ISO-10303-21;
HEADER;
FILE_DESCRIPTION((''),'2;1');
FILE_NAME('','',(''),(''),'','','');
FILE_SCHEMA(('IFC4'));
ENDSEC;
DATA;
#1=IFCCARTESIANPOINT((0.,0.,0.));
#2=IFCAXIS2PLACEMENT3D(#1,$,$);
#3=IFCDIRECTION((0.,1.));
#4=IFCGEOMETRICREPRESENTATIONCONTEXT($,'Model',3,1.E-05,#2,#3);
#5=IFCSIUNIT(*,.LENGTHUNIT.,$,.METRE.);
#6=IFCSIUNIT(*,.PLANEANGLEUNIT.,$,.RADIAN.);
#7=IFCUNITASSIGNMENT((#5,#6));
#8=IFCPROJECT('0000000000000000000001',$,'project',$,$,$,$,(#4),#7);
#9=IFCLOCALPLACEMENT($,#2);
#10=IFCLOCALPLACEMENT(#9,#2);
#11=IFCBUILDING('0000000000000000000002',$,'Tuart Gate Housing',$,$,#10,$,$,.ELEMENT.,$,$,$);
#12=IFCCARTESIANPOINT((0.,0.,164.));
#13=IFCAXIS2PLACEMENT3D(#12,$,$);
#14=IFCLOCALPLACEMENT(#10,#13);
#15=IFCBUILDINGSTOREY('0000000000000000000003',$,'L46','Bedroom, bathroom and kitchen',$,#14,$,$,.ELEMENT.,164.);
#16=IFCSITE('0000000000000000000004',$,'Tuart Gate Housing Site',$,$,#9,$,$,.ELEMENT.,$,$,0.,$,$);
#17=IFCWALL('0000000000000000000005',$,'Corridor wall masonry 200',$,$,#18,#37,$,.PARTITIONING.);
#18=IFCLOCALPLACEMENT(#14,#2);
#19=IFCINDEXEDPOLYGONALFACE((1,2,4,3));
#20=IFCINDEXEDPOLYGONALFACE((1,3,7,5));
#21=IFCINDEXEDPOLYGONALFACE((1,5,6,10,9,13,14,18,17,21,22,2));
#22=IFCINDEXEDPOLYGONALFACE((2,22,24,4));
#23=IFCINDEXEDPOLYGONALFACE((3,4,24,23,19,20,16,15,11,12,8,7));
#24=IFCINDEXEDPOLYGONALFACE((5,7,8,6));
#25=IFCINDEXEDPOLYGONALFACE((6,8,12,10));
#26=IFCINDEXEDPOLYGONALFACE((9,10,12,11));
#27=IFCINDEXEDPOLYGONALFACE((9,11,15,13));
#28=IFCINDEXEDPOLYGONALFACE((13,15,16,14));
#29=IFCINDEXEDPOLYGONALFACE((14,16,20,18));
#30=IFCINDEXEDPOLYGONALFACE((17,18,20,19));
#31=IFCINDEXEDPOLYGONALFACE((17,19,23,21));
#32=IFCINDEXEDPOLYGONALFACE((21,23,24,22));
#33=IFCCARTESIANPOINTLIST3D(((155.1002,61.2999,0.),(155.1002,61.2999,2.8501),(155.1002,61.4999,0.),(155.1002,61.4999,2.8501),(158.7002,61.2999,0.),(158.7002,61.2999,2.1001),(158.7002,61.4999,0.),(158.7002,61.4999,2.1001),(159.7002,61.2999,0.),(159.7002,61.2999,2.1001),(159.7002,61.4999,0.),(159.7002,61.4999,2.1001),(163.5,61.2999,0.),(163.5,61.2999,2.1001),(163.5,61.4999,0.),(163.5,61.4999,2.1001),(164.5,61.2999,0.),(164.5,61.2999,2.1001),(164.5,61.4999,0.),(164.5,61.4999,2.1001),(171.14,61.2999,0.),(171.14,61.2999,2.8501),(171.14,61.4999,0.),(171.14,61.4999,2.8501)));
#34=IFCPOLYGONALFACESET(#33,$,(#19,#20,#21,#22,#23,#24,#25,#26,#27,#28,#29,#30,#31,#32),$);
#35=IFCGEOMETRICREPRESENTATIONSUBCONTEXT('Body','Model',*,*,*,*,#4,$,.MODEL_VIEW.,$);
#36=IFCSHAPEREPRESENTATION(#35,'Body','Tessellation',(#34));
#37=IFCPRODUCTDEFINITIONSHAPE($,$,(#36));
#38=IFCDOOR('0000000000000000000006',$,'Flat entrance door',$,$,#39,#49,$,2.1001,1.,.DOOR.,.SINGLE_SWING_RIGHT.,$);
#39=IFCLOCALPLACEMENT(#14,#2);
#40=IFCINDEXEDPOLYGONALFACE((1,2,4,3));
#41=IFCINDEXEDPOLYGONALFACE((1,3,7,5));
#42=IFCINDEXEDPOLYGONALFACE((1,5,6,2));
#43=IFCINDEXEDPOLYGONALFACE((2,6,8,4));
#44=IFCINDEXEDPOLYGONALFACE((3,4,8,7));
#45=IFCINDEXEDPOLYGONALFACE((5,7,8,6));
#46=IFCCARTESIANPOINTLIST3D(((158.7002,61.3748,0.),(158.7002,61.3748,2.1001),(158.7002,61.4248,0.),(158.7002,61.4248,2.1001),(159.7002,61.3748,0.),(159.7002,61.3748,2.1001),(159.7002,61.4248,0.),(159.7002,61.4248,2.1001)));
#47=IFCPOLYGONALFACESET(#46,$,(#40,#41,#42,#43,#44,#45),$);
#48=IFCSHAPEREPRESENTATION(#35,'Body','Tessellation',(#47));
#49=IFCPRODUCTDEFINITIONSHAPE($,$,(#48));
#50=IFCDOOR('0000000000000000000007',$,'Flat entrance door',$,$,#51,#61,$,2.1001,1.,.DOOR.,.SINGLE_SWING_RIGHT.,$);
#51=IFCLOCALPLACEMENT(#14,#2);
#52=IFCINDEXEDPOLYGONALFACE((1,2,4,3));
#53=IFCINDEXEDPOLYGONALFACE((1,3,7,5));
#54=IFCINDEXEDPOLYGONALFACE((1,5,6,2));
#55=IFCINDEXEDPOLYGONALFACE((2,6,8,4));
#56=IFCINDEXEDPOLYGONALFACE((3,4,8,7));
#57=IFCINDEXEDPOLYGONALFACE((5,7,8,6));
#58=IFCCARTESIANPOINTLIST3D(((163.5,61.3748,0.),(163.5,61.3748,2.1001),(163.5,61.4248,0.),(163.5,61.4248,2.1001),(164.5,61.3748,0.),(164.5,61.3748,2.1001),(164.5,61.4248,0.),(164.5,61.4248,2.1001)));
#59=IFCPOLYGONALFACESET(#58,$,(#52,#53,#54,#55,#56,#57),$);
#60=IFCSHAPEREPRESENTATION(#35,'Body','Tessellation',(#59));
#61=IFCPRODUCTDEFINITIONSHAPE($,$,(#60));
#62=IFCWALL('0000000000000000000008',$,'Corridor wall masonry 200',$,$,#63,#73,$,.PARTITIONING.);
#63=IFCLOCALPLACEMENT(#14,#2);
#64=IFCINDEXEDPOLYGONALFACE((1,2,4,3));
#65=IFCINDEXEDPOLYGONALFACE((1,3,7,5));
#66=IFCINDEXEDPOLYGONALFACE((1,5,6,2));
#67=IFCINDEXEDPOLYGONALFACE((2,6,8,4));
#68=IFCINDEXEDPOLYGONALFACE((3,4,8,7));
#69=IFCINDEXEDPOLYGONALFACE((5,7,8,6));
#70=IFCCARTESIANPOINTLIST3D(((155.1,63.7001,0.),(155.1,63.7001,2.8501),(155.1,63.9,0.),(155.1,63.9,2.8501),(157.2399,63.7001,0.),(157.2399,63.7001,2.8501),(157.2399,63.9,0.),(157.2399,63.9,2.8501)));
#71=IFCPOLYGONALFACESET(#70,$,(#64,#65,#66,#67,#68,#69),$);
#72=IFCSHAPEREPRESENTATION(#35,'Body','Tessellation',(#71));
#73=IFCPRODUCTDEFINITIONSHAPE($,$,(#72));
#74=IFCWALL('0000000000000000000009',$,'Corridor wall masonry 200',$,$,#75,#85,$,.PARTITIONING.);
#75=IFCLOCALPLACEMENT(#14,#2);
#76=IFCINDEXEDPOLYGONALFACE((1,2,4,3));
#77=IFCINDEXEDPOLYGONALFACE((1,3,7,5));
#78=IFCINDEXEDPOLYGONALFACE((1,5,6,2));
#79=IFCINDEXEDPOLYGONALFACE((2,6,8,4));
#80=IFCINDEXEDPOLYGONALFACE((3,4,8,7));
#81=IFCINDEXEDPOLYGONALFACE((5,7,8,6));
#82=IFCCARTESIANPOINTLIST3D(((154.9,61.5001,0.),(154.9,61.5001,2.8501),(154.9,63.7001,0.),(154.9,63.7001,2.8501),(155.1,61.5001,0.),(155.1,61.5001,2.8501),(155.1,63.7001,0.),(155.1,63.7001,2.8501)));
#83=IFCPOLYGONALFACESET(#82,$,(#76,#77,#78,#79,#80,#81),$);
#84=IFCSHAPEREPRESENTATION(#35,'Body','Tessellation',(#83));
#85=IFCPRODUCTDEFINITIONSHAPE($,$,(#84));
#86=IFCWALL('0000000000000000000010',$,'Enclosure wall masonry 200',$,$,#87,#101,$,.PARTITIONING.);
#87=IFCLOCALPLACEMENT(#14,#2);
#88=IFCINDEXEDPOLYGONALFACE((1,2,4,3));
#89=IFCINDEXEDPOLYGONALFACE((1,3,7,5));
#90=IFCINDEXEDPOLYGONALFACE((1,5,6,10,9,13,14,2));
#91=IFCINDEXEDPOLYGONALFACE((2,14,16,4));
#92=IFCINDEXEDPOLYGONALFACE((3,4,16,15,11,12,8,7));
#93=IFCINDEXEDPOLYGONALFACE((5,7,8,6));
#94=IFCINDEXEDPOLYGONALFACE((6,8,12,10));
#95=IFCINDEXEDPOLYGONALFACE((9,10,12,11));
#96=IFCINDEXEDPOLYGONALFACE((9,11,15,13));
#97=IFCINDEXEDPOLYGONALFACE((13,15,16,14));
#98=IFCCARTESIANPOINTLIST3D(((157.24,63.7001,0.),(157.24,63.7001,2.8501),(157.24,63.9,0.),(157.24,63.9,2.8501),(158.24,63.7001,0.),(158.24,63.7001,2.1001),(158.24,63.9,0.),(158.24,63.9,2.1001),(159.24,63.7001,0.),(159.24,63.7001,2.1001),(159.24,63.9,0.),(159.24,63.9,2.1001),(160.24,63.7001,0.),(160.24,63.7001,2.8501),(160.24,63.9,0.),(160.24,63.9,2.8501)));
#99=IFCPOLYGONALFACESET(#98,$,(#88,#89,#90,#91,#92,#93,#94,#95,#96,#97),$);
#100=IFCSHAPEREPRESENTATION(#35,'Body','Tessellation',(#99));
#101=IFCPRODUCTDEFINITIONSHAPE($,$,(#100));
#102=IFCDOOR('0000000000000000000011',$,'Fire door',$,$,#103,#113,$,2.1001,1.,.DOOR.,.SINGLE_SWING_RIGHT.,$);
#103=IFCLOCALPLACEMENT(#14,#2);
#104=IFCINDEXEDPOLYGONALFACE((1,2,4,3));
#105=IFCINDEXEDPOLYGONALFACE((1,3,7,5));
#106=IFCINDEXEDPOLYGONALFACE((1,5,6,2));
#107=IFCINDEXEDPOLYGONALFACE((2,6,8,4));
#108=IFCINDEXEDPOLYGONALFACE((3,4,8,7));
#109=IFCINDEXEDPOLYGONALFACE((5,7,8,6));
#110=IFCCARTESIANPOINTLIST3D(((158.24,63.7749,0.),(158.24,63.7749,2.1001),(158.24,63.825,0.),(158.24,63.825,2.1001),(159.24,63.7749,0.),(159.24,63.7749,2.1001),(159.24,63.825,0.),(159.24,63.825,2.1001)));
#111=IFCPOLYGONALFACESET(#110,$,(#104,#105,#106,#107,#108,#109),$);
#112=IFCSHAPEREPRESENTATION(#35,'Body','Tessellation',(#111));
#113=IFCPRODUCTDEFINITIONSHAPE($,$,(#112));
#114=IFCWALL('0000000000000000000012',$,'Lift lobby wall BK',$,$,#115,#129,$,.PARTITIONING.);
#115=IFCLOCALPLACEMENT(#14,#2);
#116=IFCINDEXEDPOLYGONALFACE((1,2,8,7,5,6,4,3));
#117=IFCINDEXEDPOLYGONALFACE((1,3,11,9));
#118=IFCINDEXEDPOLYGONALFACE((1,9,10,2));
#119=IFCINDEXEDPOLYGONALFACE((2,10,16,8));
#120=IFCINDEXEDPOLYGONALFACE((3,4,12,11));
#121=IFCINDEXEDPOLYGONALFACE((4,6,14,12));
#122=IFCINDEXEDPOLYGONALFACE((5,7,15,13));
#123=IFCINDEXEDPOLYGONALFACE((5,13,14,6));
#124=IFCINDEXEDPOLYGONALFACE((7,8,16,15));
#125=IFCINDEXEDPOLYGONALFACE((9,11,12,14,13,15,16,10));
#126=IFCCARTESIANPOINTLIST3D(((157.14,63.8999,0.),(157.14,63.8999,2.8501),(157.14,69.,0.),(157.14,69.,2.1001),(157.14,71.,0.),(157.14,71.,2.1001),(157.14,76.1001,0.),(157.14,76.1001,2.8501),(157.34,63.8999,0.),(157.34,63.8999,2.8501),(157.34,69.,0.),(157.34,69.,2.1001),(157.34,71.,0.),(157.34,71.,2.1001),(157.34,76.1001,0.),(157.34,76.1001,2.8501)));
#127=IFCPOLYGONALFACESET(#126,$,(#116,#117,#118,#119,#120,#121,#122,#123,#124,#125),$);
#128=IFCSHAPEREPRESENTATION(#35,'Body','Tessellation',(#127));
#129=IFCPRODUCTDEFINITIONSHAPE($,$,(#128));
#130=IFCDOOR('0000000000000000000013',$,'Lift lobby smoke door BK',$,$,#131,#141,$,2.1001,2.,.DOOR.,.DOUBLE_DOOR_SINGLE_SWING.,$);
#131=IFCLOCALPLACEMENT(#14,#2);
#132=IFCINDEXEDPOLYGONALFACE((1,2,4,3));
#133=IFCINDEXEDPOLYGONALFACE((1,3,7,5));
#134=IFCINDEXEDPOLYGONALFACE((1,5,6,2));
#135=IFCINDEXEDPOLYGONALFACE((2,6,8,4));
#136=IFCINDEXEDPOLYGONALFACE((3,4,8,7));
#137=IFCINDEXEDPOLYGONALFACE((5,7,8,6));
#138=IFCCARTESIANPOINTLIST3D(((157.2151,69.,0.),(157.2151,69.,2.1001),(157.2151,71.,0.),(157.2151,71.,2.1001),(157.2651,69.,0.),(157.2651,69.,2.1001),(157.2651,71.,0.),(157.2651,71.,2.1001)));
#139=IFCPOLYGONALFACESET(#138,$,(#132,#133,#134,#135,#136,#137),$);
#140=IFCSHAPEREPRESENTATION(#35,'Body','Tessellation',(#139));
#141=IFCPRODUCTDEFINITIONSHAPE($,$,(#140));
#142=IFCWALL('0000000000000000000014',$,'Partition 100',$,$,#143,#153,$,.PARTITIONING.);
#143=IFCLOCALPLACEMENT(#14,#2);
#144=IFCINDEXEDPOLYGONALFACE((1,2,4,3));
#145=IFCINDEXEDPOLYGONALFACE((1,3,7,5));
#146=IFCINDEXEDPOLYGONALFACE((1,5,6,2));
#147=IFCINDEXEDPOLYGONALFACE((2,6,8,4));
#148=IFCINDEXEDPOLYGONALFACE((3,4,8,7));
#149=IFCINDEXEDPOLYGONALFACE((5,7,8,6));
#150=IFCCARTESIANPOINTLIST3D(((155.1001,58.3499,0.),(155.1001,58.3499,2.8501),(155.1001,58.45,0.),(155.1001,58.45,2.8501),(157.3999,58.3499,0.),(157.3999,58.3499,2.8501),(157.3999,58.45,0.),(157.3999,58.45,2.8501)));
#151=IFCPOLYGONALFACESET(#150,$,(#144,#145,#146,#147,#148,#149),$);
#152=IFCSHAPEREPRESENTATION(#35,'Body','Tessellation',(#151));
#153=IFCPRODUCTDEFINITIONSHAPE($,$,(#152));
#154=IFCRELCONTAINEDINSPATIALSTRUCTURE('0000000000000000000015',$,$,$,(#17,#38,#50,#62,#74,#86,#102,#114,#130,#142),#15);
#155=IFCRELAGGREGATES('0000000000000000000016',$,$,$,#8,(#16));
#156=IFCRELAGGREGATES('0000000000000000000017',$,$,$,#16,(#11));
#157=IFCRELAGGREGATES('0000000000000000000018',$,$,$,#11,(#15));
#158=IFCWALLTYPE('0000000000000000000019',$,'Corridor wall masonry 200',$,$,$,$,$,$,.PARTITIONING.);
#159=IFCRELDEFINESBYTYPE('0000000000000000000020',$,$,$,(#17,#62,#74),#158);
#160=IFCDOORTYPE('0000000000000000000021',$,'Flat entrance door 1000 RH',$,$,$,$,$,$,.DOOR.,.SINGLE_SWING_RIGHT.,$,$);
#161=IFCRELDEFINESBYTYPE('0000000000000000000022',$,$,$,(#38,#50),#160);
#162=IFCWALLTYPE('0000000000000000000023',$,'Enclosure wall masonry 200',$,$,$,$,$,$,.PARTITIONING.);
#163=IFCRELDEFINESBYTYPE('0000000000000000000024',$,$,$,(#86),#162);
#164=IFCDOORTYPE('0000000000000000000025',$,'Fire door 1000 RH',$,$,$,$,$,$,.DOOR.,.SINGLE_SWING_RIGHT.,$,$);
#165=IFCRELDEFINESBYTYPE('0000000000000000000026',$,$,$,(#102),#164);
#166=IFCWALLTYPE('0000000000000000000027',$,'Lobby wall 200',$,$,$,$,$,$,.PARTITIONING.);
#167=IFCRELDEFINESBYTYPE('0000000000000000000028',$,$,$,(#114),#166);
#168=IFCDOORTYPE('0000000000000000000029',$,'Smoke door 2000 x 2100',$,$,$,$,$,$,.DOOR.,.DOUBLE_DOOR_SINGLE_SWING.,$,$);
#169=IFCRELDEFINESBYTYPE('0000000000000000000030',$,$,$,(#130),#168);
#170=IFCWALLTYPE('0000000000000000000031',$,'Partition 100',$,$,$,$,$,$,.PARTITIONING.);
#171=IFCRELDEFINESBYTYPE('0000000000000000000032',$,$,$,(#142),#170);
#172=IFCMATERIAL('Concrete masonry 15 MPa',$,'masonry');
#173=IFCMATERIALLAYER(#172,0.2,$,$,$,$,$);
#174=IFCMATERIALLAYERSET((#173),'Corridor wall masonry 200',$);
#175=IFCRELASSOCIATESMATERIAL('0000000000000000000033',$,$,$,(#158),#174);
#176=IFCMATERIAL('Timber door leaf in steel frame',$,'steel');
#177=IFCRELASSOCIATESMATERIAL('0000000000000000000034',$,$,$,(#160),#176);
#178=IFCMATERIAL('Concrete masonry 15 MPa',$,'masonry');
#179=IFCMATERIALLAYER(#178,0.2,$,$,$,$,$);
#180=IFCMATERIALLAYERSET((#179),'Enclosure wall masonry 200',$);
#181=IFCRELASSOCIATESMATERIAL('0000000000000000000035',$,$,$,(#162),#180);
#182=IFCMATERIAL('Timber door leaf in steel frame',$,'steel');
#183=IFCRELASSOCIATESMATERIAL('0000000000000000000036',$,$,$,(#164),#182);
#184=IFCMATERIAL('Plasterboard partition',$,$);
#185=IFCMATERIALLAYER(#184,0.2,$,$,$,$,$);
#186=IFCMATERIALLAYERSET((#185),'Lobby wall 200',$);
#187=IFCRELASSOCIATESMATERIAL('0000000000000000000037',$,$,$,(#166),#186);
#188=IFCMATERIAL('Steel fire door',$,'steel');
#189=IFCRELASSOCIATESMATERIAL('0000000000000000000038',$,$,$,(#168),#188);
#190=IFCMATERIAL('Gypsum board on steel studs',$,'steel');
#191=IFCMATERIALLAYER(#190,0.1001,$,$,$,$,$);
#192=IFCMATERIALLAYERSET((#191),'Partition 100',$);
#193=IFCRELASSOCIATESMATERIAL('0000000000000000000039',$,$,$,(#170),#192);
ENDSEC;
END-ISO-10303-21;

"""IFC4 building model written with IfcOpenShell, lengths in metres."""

from ifc_helpers import new_model, si_unit, direction, frame, frame_2d, origin, place, context, subcontext, project, spatial, rectangle, extrude, material, layer, layer_set, type_object, element, fill, save


model = new_model("IFC4")

# Units and contexts
model_context = context("Model", 3, precision=1e-05, world=origin(), true_north=direction((0.0, 1.0)))
body_context = subcontext(model_context, "Body", "Model", "MODEL_VIEW")
ifc_project = project(units=[si_unit("LENGTHUNIT", "METRE"), si_unit("PLANEANGLEUNIT", "RADIAN")], contexts=[model_context])

# Site, building, storey
site_placement = place(None, origin())
site = spatial("IfcSite", under=ifc_project, at=site_placement, Name="Tuart Gate Housing Site", CompositionType="ELEMENT", RefElevation=0.0)
building_placement = place(site_placement, origin())
building = spatial("IfcBuilding", under=site, at=building_placement, Name="Tuart Gate Housing", CompositionType="ELEMENT")
storey_placement = place(building_placement, frame((0.0, 0.0, 164.0)))
storey = spatial("IfcBuildingStorey", under=building, at=storey_placement, Name="L46", Description="Bedroom, bathroom and kitchen", CompositionType="ELEMENT", Elevation=164.0)

# Wall, openings, doors
ifc_material_1 = material(Name="Concrete masonry 15 MPa", Category="masonry")
ifc_layer_1 = layer(ifc_material_1, 0.2)
ifc_layer_set_1 = layer_set([ifc_layer_1], Name="Corridor wall masonry 200")
wall_type_1 = type_object("IfcWallType", Name="Corridor wall masonry 200", PredefinedType="PARTITIONING", material=ifc_layer_set_1)
wall_1_placement = place(storey_placement, frame((155.1001, 61.3999, 0.0), z_axis=(0.0, 0.0, 1.0), x_axis=(1.0, 0.0, 0.0)))
wall_1 = element("IfcWall", 1, at=wall_1_placement, inside=storey, type_object=wall_type_1, Name="Corridor wall masonry 200", PredefinedType="PARTITIONING", context=body_context, shape_type="SweptSolid", body=[
    extrude(rectangle(XDim=16.0398, YDim=0.2, at=frame_2d((8.02, 0.0))), origin(), (0.0, 0.0, 1.0), 2.8501),
])
opening_1_placement = place(wall_1_placement, frame((3.6001, 0.0, 0.0)))
opening_1 = element("IfcOpeningElement", 2, at=opening_1_placement, cuts=wall_1, PredefinedType="OPENING", context=body_context, shape_type="SweptSolid", body=[
    extrude(rectangle(XDim=1.0, YDim=2.1001, at=frame_2d((0.5, 1.05))), frame((0.0, 0.1099, 0.0), z_axis=(0.0, -1.0, 0.0), x_axis=(1.0, 0.0, 0.0)), (0.0, 0.0, 1.0), 0.22),
])
opening_2_placement = place(wall_1_placement, frame((8.3999, 0.0, 0.0)))
opening_2 = element("IfcOpeningElement", 3, at=opening_2_placement, cuts=wall_1, PredefinedType="OPENING", context=body_context, shape_type="SweptSolid", body=[
    extrude(rectangle(XDim=1.0, YDim=2.1001, at=frame_2d((0.5, 1.05))), frame((0.0, 0.1099, 0.0), z_axis=(0.0, -1.0, 0.0), x_axis=(1.0, 0.0, 0.0)), (0.0, 0.0, 1.0), 0.22),
])
ifc_material_2 = material(Name="Timber door leaf in steel frame", Category="steel")
door_type_1 = type_object("IfcDoorType", Name="Flat entrance door 1000 RH", OperationType="SINGLE_SWING_RIGHT", PredefinedType="DOOR", material=ifc_material_2)
door_1_placement = place(opening_1_placement, frame((1.0, 0.0, 0.0), z_axis=(0.0, 0.0, 1.0), x_axis=(-1.0, 0.0, 0.0)))
door_1 = element("IfcDoor", 4, at=door_1_placement, inside=storey, type_object=door_type_1, Name="Flat entrance door", OperationType="SINGLE_SWING_RIGHT", OverallHeight=2.1001, OverallWidth=1.0, PredefinedType="DOOR", context=body_context, shape_type="SweptSolid", body=[
    extrude(rectangle(XDim=1.0, YDim=2.1001, at=frame_2d((0.5, 1.05))), frame((0.0, 0.0251, 0.0), z_axis=(0.0, -1.0, 0.0), x_axis=(1.0, 0.0, 0.0)), (0.0, 0.0, 1.0), 0.05),
])
fill(opening_1, door_1)
door_2_placement = place(opening_2_placement, frame((1.0, 0.0, 0.0), z_axis=(0.0, 0.0, 1.0), x_axis=(-1.0, 0.0, 0.0)))
door_2 = element("IfcDoor", 5, at=door_2_placement, inside=storey, type_object=door_type_1, Name="Flat entrance door", OperationType="SINGLE_SWING_RIGHT", OverallHeight=2.1001, OverallWidth=1.0, PredefinedType="DOOR", context=body_context, shape_type="SweptSolid", body=[
    extrude(rectangle(XDim=1.0, YDim=2.1001, at=frame_2d((0.5, 1.05))), frame((0.0, 0.0251, 0.0), z_axis=(0.0, -1.0, 0.0), x_axis=(1.0, 0.0, 0.0)), (0.0, 0.0, 1.0), 0.05),
])
fill(opening_2, door_2)

# Walls
wall_2_placement = place(storey_placement, frame((155.1001, 63.8, 0.0), z_axis=(0.0, 0.0, 1.0), x_axis=(1.0, 0.0, 0.0)))
element("IfcWall", 6, at=wall_2_placement, inside=storey, type_object=wall_type_1, Name="Corridor wall masonry 200", PredefinedType="PARTITIONING", context=body_context, shape_type="SweptSolid", body=[
    extrude(rectangle(XDim=2.1399, YDim=0.2, at=frame_2d((1.0698, 0.0))), origin(), (0.0, 0.0, 1.0), 2.8501),
])
wall_3_placement = place(storey_placement, frame((155.0, 61.5, 0.0), z_axis=(0.0, 0.0, 1.0), x_axis=(0.0, 1.0, 0.0)))
element("IfcWall", 7, at=wall_3_placement, inside=storey, type_object=wall_type_1, Name="Corridor wall masonry 200", PredefinedType="PARTITIONING", context=body_context, shape_type="SweptSolid", body=[
    extrude(rectangle(XDim=2.2, YDim=0.2, at=frame_2d((1.1001, 0.0))), origin(), (0.0, 0.0, 1.0), 2.8501),
])

# Walls, openings, doors
ifc_material_3 = material(Name="Concrete masonry 15 MPa", Category="masonry")
ifc_layer_2 = layer(ifc_material_3, 0.2)
ifc_layer_set_2 = layer_set([ifc_layer_2], Name="Enclosure wall masonry 200")
wall_type_2 = type_object("IfcWallType", Name="Enclosure wall masonry 200", PredefinedType="PARTITIONING", material=ifc_layer_set_2)
wall_4_placement = place(storey_placement, frame((157.24, 63.8, 0.0), z_axis=(0.0, 0.0, 1.0), x_axis=(1.0, 0.0, 0.0)))
wall_4 = element("IfcWall", 8, at=wall_4_placement, inside=storey, type_object=wall_type_2, Name="Enclosure wall masonry 200", PredefinedType="PARTITIONING", context=body_context, shape_type="SweptSolid", body=[
    extrude(rectangle(XDim=3.0, YDim=0.2, at=frame_2d((1.5, 0.0))), origin(), (0.0, 0.0, 1.0), 2.8501),
])
opening_3_placement = place(wall_4_placement, frame((1.0, 0.0, 0.0)))
opening_3 = element("IfcOpeningElement", 9, at=opening_3_placement, cuts=wall_4, PredefinedType="OPENING", context=body_context, shape_type="SweptSolid", body=[
    extrude(rectangle(XDim=1.0, YDim=2.1001, at=frame_2d((0.5, 1.05))), frame((0.0, 0.1099, 0.0), z_axis=(0.0, -1.0, 0.0), x_axis=(1.0, 0.0, 0.0)), (0.0, 0.0, 1.0), 0.22),
])
ifc_material_4 = material(Name="Timber door leaf in steel frame", Category="steel")
door_type_2 = type_object("IfcDoorType", Name="Fire door 1000 RH", OperationType="SINGLE_SWING_RIGHT", PredefinedType="DOOR", material=ifc_material_4)
door_3_placement = place(opening_3_placement, frame((1.0, 0.0, 0.0), z_axis=(0.0, 0.0, 1.0), x_axis=(-1.0, 0.0, 0.0)))
door_3 = element("IfcDoor", 10, at=door_3_placement, inside=storey, type_object=door_type_2, Name="Fire door", OperationType="SINGLE_SWING_RIGHT", OverallHeight=2.1001, OverallWidth=1.0, PredefinedType="DOOR", context=body_context, shape_type="SweptSolid", body=[
    extrude(rectangle(XDim=1.0, YDim=2.1001, at=frame_2d((0.5, 1.05))), frame((0.0, 0.0251, 0.0), z_axis=(0.0, -1.0, 0.0), x_axis=(1.0, 0.0, 0.0)), (0.0, 0.0, 1.0), 0.05),
])
fill(opening_3, door_3)
ifc_material_5 = material(Name="Plasterboard partition")
ifc_layer_3 = layer(ifc_material_5, 0.2)
ifc_layer_set_3 = layer_set([ifc_layer_3], Name="Lobby wall 200")
wall_type_3 = type_object("IfcWallType", Name="Lobby wall 200", PredefinedType="PARTITIONING", material=ifc_layer_set_3)
wall_5_placement = place(storey_placement, frame((157.24, 63.8999, 0.0), z_axis=(0.0, 0.0, 1.0), x_axis=(0.0, 1.0, 0.0)))
wall_5 = element("IfcWall", 11, at=wall_5_placement, inside=storey, type_object=wall_type_3, Name="Lift lobby wall BK", PredefinedType="PARTITIONING", context=body_context, shape_type="SweptSolid", body=[
    extrude(rectangle(XDim=12.2002, YDim=0.2, at=frame_2d((6.1001, 0.0))), origin(), (0.0, 0.0, 1.0), 2.8501),
])
opening_4_placement = place(wall_5_placement, frame((5.1001, 0.0, 0.0)))
opening_4 = element("IfcOpeningElement", 12, at=opening_4_placement, cuts=wall_5, PredefinedType="OPENING", context=body_context, shape_type="SweptSolid", body=[
    extrude(rectangle(XDim=2.0, YDim=2.1001, at=frame_2d((1.0, 1.05))), frame((0.0, 0.1099, 0.0), z_axis=(0.0, -1.0, 0.0), x_axis=(1.0, 0.0, 0.0)), (0.0, 0.0, 1.0), 0.22),
])
ifc_material_6 = material(Name="Steel fire door", Category="steel")
door_type_3 = type_object("IfcDoorType", Name="Smoke door 2000 x 2100", OperationType="DOUBLE_DOOR_SINGLE_SWING", PredefinedType="DOOR", material=ifc_material_6)
door_4_placement = place(opening_4_placement, frame((2.0, 0.0, 0.0), z_axis=(0.0, 0.0, 1.0), x_axis=(-1.0, 0.0, 0.0)))
door_4 = element("IfcDoor", 13, at=door_4_placement, inside=storey, type_object=door_type_3, Name="Lift lobby smoke door BK", OperationType="DOUBLE_DOOR_SINGLE_SWING", OverallHeight=2.1001, OverallWidth=2.0, PredefinedType="DOOR", context=body_context, shape_type="SweptSolid", body=[
    extrude(rectangle(XDim=2.0, YDim=2.1001, at=frame_2d((1.0, 1.05))), frame((0.0, 0.0251, 0.0), z_axis=(0.0, -1.0, 0.0), x_axis=(1.0, 0.0, 0.0)), (0.0, 0.0, 1.0), 0.05),
])
fill(opening_4, door_4)

# Wall
ifc_material_7 = material(Name="Gypsum board on steel studs", Category="steel")
ifc_layer_4 = layer(ifc_material_7, 0.1001)
ifc_layer_set_4 = layer_set([ifc_layer_4], Name="Partition 100")
wall_type_4 = type_object("IfcWallType", Name="Partition 100", PredefinedType="PARTITIONING", material=ifc_layer_set_4)
wall_6_placement = place(storey_placement, frame((155.1001, 58.3999, 0.0), z_axis=(0.0, 0.0, 1.0), x_axis=(1.0, 0.0, 0.0)))
element("IfcWall", 14, at=wall_6_placement, inside=storey, type_object=wall_type_4, Name="Partition 100", PredefinedType="PARTITIONING", context=body_context, shape_type="SweptSolid", body=[
    extrude(rectangle(XDim=2.2998, YDim=0.1001, at=frame_2d((1.1499, 0.0))), origin(), (0.0, 0.0, 1.0), 2.8501),
])

save(model, "model.ifc")
